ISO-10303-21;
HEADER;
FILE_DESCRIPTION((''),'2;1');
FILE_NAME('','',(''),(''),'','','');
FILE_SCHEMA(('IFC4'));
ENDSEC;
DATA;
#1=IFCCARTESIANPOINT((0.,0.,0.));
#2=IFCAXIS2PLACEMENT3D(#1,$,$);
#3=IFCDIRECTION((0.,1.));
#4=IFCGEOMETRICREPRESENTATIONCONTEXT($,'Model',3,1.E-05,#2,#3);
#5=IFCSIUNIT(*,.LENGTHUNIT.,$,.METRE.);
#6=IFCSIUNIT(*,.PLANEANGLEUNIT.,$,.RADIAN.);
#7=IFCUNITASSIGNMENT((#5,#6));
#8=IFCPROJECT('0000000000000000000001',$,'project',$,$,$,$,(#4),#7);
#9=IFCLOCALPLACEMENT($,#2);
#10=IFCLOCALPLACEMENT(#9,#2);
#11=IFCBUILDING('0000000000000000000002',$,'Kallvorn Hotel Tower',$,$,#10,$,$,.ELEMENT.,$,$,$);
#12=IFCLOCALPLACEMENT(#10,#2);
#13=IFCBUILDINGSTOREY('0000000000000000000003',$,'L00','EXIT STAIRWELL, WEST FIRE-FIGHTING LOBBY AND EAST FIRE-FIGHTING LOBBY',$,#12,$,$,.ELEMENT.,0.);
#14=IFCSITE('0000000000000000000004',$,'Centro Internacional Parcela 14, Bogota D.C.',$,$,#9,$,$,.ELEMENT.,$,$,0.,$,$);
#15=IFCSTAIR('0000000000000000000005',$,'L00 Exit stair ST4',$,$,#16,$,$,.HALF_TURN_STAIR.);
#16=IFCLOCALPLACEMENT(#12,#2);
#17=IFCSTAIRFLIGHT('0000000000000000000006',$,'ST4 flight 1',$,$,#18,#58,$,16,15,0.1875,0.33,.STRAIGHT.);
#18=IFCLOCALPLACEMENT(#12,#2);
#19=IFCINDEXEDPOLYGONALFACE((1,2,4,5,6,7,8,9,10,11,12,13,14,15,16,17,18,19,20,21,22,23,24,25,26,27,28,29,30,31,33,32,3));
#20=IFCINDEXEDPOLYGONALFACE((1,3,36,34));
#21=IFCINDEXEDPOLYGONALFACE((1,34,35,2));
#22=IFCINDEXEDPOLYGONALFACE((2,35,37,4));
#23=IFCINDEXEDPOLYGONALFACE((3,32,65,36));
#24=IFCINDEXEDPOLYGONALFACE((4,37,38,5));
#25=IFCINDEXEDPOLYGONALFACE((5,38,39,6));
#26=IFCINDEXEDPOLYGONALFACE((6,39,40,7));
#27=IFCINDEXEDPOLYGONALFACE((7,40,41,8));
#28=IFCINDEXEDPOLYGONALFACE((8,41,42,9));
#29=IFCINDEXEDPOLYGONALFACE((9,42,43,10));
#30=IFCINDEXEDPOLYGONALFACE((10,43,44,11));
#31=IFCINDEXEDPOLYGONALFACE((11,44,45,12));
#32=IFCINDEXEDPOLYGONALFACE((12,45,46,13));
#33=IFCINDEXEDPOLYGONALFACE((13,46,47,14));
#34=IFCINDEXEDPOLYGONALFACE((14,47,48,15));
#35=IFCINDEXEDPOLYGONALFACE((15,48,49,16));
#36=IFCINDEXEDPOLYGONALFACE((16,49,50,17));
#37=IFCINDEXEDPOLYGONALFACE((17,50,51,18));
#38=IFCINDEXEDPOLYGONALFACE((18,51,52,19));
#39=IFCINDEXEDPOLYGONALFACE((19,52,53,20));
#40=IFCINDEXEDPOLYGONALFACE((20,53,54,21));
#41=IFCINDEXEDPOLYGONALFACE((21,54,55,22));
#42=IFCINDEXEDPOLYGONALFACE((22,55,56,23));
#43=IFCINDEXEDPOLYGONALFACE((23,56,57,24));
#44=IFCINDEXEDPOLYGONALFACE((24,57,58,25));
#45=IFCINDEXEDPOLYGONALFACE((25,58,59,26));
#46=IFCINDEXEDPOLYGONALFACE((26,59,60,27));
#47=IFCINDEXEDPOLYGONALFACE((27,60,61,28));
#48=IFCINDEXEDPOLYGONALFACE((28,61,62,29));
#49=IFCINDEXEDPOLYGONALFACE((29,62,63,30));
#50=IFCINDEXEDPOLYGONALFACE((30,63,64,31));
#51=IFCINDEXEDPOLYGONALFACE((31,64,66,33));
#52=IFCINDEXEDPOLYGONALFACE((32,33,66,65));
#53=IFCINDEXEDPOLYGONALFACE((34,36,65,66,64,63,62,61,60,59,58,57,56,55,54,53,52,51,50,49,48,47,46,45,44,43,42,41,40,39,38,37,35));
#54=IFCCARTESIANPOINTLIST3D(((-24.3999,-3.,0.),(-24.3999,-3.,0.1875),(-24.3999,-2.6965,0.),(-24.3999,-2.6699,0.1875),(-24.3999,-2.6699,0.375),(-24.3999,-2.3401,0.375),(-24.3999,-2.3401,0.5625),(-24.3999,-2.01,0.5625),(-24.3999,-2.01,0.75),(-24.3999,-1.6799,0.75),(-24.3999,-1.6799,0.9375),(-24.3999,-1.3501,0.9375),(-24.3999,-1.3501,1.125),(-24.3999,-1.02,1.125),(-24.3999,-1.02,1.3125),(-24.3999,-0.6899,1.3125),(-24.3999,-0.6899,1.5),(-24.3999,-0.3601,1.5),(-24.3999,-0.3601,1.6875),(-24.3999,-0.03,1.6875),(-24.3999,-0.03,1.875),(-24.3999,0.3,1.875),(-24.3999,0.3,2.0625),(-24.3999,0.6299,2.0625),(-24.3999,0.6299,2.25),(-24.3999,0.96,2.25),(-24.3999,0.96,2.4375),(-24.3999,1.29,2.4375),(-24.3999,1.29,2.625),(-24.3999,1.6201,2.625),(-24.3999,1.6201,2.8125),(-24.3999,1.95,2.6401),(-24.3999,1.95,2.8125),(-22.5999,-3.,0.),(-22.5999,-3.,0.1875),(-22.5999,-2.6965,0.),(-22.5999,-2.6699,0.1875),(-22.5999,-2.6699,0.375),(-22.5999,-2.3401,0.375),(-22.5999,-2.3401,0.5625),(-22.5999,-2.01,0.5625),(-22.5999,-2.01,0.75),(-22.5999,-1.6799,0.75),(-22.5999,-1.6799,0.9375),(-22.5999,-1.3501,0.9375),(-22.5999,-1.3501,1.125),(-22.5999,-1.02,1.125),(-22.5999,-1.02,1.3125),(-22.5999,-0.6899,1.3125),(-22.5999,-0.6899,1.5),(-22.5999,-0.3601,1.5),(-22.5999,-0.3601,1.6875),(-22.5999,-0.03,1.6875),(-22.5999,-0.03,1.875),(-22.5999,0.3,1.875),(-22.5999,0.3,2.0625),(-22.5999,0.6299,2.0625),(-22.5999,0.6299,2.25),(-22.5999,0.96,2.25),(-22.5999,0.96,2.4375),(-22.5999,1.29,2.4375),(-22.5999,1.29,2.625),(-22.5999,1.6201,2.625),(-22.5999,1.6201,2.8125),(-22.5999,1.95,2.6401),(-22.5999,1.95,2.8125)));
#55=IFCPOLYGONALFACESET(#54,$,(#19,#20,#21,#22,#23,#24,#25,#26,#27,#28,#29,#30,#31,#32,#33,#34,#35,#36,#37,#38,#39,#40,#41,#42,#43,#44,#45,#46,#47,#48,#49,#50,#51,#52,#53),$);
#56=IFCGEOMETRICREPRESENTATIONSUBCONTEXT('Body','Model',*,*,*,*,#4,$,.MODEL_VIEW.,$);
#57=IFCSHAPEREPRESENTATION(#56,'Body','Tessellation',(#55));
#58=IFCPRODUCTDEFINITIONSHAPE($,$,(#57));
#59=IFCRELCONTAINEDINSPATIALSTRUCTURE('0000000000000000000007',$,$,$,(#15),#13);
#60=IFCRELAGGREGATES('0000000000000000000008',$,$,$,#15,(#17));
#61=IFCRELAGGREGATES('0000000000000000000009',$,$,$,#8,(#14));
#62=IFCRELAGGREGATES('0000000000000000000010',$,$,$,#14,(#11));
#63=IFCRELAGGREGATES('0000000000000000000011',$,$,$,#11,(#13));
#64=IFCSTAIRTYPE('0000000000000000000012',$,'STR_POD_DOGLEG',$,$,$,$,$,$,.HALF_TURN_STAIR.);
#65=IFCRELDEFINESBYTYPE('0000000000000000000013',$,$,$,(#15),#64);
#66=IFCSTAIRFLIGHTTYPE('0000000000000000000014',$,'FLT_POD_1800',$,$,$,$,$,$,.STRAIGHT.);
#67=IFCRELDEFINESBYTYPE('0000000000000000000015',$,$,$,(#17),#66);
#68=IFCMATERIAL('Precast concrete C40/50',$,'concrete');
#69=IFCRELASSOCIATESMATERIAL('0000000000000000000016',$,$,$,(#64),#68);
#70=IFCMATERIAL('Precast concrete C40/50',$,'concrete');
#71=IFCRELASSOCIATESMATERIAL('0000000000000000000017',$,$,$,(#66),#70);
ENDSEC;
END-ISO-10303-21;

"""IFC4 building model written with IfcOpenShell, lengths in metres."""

from ifc_helpers import new_model, si_unit, direction, frame, origin, place, context, subcontext, project, spatial, polyline, outline, extrude, material, type_object, element, aggregate, save


model = new_model("IFC4")

# Units and contexts
model_context = context("Model", 3, precision=1e-05, world=origin(), true_north=direction((0.0, 1.0)))
body_context = subcontext(model_context, "Body", "Model", "MODEL_VIEW")
ifc_project = project(units=[si_unit("LENGTHUNIT", "METRE"), si_unit("PLANEANGLEUNIT", "RADIAN")], contexts=[model_context])

# Site, building, storey
site_placement = place(None, origin())
site = spatial("IfcSite", under=ifc_project, at=site_placement, Name="Centro Internacional Parcela 14, Bogota D.C.", CompositionType="ELEMENT", RefElevation=0.0)
building_placement = place(site_placement, origin())
building = spatial("IfcBuilding", under=site, at=building_placement, Name="Kallvorn Hotel Tower", CompositionType="ELEMENT")
storey_placement = place(building_placement, origin())
storey = spatial("IfcBuildingStorey", under=building, at=storey_placement, Name="L00", Description="EXIT STAIRWELL, WEST FIRE-FIGHTING LOBBY AND EAST FIRE-FIGHTING LOBBY", CompositionType="ELEMENT", Elevation=0.0)

# Stair, stair flight
ifc_material_1 = material(Name="Precast concrete C40/50", Category="concrete")
stair_type = type_object("IfcStairType", Name="STR_POD_DOGLEG", PredefinedType="HALF_TURN_STAIR", material=ifc_material_1)
stair_placement = place(storey_placement, origin())
stair = element("IfcStair", 1, at=stair_placement, inside=storey, type_object=stair_type, Name="L00 Exit stair ST4", PredefinedType="HALF_TURN_STAIR")
ifc_material_2 = material(Name="Precast concrete C40/50", Category="concrete")
stair_flight_type = type_object("IfcStairFlightType", Name="FLT_POD_1800", PredefinedType="STRAIGHT", material=ifc_material_2)
stair_flight_placement = place(storey_placement, frame((-23.5, -3.0, 0.0), z_axis=(0.0, 0.0, 1.0), x_axis=(0.0, 1.0, 0.0)))
stair_flight = element("IfcStairFlight", 2, at=stair_flight_placement, type_object=stair_flight_type, Name="ST4 flight 1", NumberOfRisers=16, NumberOfTreads=15, PredefinedType="STRAIGHT", RiserHeight=0.1875, TreadLength=0.33, context=body_context, shape_type="SweptSolid", body=[
    extrude(outline(polyline([(0.0, 0.0), (0.0, 0.1875), (0.3301, 0.1875), (0.3301, 0.375), (0.6599, 0.375), (0.6599, 0.5625), (0.99, 0.5625), (0.99, 0.75), (1.3201, 0.75), (1.3201, 0.9375), (1.6499, 0.9375), (1.6499, 1.125), (1.98, 1.125), (1.98, 1.3125), (2.3101, 1.3125), (2.3101, 1.5), (2.6399, 1.5), (2.6399, 1.6875), (2.97, 1.6875), (2.97, 1.875), (3.3, 1.875), (3.3, 2.0625), (3.6299, 2.0625), (3.6299, 2.25), (3.96, 2.25), (3.96, 2.4375), (4.29, 2.4375), (4.29, 2.625), (4.6201, 2.625), (4.6201, 2.8125), (4.95, 2.8125), (4.95, 3.0), (4.95, 2.6401), (0.3035, 0.0), (0.0, 0.0)])), frame((0.0, 0.8999, 0.0), z_axis=(0.0, -1.0, 0.0), x_axis=(1.0, 0.0, 0.0)), (0.0, 0.0, 1.0), 1.8),
])
aggregate(stair, [stair_flight])

save(model, "model.ifc")
